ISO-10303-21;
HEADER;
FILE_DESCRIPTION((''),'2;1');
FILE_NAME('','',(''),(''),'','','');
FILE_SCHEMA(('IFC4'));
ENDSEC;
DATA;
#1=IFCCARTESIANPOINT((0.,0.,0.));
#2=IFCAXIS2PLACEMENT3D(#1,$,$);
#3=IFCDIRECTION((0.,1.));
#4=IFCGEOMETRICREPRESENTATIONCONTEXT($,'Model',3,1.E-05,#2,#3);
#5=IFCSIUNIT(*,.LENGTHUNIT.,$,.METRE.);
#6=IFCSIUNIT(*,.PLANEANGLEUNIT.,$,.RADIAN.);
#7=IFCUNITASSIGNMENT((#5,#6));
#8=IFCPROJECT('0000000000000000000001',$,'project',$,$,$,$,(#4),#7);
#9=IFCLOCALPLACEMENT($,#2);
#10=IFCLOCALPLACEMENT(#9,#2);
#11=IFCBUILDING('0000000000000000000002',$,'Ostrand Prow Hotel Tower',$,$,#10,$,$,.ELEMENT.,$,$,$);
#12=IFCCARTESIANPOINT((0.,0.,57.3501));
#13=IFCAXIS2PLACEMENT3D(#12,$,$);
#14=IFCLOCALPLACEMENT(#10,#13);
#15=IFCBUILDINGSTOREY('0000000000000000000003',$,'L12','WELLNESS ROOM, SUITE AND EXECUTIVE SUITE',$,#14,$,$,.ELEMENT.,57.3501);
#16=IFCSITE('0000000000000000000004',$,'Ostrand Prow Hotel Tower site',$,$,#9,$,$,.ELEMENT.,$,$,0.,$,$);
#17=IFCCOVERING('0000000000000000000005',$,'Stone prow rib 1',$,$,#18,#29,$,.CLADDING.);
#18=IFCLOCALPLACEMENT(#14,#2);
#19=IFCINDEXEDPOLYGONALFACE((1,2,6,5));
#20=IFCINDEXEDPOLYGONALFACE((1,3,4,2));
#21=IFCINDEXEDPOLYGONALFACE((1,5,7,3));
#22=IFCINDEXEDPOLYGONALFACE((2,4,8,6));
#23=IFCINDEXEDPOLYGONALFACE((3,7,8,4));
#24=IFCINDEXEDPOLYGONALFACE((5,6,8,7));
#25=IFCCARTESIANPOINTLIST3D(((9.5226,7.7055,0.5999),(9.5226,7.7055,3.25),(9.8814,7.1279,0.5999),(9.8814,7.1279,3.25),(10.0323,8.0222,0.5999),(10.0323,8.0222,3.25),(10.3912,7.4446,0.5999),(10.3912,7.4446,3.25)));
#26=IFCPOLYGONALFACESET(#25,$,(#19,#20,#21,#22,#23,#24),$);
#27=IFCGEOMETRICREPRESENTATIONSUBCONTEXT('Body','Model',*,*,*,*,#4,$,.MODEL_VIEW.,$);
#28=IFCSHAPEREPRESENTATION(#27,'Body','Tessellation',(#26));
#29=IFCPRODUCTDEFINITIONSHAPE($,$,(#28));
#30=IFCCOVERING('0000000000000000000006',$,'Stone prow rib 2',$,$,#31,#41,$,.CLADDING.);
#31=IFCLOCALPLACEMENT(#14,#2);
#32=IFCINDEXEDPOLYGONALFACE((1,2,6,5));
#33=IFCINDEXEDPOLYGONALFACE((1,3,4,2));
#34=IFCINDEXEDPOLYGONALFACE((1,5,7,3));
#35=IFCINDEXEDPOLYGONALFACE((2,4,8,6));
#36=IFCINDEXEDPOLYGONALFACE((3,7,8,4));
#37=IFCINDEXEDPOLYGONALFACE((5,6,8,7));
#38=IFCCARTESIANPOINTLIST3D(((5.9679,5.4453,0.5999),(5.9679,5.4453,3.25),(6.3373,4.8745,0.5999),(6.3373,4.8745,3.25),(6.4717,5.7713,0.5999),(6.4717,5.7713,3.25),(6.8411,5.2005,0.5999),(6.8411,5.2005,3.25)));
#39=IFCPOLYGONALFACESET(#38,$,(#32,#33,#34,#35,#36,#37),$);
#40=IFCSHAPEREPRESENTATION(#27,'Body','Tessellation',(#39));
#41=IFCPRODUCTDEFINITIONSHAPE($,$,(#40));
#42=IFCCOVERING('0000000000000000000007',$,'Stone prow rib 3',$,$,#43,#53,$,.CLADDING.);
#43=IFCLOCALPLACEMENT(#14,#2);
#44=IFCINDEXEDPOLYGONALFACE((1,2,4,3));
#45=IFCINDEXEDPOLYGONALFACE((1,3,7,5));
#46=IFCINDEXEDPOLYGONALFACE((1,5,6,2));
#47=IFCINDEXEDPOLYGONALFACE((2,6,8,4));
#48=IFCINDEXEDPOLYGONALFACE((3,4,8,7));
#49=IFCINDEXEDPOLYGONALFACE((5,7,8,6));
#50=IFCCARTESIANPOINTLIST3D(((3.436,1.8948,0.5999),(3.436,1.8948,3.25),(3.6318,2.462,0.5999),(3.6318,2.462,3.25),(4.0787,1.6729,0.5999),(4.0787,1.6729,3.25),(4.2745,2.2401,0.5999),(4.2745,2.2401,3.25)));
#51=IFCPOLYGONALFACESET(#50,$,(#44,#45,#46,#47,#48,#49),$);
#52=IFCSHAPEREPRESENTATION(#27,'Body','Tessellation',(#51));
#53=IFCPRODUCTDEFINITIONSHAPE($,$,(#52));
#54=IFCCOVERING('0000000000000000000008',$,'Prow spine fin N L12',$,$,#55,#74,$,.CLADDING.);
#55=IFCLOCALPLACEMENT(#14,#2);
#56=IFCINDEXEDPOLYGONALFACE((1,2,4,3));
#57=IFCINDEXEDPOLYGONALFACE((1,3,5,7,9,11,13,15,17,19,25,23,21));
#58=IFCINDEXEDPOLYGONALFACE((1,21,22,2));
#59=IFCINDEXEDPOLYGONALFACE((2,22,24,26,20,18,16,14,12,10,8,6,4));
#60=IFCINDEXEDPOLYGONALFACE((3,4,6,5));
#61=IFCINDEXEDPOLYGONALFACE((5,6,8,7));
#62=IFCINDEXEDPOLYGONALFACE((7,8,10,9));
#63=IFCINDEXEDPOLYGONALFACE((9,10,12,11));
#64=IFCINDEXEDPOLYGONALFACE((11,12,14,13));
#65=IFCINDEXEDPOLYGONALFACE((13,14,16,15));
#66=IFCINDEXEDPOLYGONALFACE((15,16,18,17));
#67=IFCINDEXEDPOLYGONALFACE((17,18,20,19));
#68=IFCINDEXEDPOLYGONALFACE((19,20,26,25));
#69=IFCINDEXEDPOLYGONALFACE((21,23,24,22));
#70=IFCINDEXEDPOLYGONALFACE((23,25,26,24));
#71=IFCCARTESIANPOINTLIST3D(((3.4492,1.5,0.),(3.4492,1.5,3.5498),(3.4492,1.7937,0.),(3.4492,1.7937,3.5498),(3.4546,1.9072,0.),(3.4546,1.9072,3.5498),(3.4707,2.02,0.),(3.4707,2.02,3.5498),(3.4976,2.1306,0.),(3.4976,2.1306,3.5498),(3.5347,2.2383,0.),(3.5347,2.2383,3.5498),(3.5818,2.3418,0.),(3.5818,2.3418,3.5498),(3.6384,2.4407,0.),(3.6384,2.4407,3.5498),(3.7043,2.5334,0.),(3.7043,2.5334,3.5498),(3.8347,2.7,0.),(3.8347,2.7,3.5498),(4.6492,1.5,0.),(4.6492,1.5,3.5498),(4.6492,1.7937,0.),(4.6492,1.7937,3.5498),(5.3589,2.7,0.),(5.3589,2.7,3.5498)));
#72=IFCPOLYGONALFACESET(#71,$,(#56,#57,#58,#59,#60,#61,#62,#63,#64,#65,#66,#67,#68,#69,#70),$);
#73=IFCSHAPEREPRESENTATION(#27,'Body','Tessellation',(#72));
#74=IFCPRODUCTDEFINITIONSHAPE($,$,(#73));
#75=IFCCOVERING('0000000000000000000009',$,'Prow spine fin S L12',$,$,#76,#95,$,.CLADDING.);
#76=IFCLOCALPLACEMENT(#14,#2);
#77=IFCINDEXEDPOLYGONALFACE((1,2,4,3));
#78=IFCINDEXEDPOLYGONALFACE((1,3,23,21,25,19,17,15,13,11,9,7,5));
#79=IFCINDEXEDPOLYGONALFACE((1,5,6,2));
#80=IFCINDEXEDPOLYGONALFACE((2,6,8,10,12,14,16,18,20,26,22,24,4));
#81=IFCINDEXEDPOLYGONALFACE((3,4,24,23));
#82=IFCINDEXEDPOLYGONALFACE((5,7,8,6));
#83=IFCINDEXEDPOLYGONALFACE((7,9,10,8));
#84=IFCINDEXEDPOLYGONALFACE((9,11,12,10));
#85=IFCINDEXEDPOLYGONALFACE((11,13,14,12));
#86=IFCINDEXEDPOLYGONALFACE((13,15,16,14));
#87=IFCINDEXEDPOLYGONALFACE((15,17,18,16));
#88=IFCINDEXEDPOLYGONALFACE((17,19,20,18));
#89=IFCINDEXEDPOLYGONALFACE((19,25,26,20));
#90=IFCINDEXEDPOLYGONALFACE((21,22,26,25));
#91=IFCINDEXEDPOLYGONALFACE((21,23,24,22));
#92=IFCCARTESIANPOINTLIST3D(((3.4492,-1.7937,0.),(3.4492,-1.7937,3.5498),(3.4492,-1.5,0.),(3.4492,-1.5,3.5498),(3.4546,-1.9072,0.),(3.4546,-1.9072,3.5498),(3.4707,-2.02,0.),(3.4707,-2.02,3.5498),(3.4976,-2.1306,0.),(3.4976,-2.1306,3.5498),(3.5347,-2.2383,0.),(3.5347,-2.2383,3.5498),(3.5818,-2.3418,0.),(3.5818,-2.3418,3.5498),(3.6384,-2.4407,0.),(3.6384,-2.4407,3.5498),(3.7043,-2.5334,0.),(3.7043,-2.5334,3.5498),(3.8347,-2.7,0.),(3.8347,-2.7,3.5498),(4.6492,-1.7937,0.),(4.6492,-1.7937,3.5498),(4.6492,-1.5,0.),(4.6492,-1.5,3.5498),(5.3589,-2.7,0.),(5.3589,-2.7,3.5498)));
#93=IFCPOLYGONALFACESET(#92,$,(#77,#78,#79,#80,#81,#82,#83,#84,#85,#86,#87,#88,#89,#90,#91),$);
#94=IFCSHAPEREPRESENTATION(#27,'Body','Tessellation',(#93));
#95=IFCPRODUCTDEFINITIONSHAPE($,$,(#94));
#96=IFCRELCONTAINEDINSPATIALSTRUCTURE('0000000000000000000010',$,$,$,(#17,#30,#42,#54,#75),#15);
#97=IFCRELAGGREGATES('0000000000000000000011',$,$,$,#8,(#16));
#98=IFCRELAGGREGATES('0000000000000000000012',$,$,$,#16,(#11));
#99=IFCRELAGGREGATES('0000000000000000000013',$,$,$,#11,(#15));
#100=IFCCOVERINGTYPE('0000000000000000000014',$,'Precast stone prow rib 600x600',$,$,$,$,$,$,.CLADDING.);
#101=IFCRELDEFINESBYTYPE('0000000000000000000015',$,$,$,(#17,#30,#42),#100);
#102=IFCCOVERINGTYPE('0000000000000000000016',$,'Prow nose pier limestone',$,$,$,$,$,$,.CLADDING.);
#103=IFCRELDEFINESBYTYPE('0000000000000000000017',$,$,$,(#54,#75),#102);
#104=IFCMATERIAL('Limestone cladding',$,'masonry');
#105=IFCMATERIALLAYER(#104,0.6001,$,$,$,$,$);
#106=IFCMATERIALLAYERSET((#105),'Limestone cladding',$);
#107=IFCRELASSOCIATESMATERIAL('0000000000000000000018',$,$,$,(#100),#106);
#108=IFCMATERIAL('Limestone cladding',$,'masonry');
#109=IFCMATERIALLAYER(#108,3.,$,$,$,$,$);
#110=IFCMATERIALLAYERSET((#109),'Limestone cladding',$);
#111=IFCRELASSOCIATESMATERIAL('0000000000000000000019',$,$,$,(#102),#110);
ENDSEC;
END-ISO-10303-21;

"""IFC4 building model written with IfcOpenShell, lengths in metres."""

from ifc_helpers import new_model, si_unit, direction, frame, frame_2d, origin, place, context, subcontext, project, spatial, polyline, rectangle, outline, extrude, material, layer, layer_set, type_object, element, save


model = new_model("IFC4")

# Units and contexts
model_context = context("Model", 3, precision=1e-05, world=origin(), true_north=direction((0.0, 1.0)))
body_context = subcontext(model_context, "Body", "Model", "MODEL_VIEW")
ifc_project = project(units=[si_unit("LENGTHUNIT", "METRE"), si_unit("PLANEANGLEUNIT", "RADIAN")], contexts=[model_context])

# Site, building, storey
site_placement = place(None, origin())
site = spatial("IfcSite", under=ifc_project, at=site_placement, Name="Ostrand Prow Hotel Tower site", CompositionType="ELEMENT", RefElevation=0.0)
building_placement = place(site_placement, origin())
building = spatial("IfcBuilding", under=site, at=building_placement, Name="Ostrand Prow Hotel Tower", CompositionType="ELEMENT")
storey_placement = place(building_placement, frame((0.0, 0.0, 57.3501)))
storey = spatial("IfcBuildingStorey", under=building, at=storey_placement, Name="L12", Description="WELLNESS ROOM, SUITE AND EXECUTIVE SUITE", CompositionType="ELEMENT", Elevation=57.3501)

# Coverings
ifc_material_1 = material(Name="Limestone cladding", Category="masonry")
ifc_layer_1 = layer(ifc_material_1, 0.6001)
ifc_layer_set_1 = layer_set([ifc_layer_1], Name="Limestone cladding")
covering_type_1 = type_object("IfcCoveringType", Name="Precast stone prow rib 600x600", PredefinedType="CLADDING", material=ifc_layer_set_1)
for number, where, z_axis, x_axis, name in (
    (1, (10.1362, 7.2864, 0.5999), (0.0, 0.0, 1.0), (-0.527738, 0.849407, 0.0), "Stone prow rib 1"),
    (2, (6.5891, 5.0376, 0.5999), (0.0, 0.0, 1.0), (-0.543296, 0.839541, 0.0), "Stone prow rib 2"),
    (3, (4.1765, 1.9565, 0.5999), (0.0, 0.0, 1.0), (-0.945255, 0.326334, 0.0), "Stone prow rib 3"),
):
    element("IfcCovering", number, at=place(storey_placement, frame(where, z_axis=z_axis, x_axis=x_axis)), inside=storey, type_object=covering_type_1, Name=name, PredefinedType="CLADDING", context=body_context, shape_type="SweptSolid", body=[
        extrude(rectangle(XDim=0.6799, YDim=0.6001, at=frame_2d((0.3398, 0.0))), origin(), (0.0, 0.0, 1.0), 2.6501),
    ])
ifc_material_2 = material(Name="Limestone cladding", Category="masonry")
ifc_layer_2 = layer(ifc_material_2, 3.0)
ifc_layer_set_2 = layer_set([ifc_layer_2], Name="Limestone cladding")
covering_type_2 = type_object("IfcCoveringType", Name="Prow nose pier limestone", PredefinedType="CLADDING", material=ifc_layer_set_2)
covering_1_placement = place(storey_placement, origin())
element("IfcCovering", 4, at=covering_1_placement, inside=storey, type_object=covering_type_2, Name="Prow spine fin N L12", PredefinedType="CLADDING", context=body_context, shape_type="SweptSolid", body=[
    extrude(outline(polyline([(3.4492, 1.7937), (3.4492, 1.5), (4.6492, 1.5), (4.6492, 1.7937), (5.3589, 2.7), (3.8347, 2.7), (3.7043, 2.5334), (3.6384, 2.4407), (3.5818, 2.3418), (3.5347, 2.2383), (3.4976, 2.1306), (3.4707, 2.02), (3.4546, 1.9072), (3.4492, 1.7937)])), origin(), (0.0, 0.0, 1.0), 3.5498),
])
covering_2_placement = place(storey_placement, origin())
element("IfcCovering", 5, at=covering_2_placement, inside=storey, type_object=covering_type_2, Name="Prow spine fin S L12", PredefinedType="CLADDING", context=body_context, shape_type="SweptSolid", body=[
    extrude(outline(polyline([(3.7043, -2.5334), (3.8347, -2.7), (5.3589, -2.7), (4.6492, -1.7937), (4.6492, -1.5), (3.4492, -1.5), (3.4492, -1.7937), (3.4546, -1.9072), (3.4707, -2.02), (3.4976, -2.1306), (3.5347, -2.2383), (3.5818, -2.3418), (3.6384, -2.4407), (3.7043, -2.5334)])), origin(), (0.0, 0.0, 1.0), 3.5498),
])

save(model, "model.ifc")
